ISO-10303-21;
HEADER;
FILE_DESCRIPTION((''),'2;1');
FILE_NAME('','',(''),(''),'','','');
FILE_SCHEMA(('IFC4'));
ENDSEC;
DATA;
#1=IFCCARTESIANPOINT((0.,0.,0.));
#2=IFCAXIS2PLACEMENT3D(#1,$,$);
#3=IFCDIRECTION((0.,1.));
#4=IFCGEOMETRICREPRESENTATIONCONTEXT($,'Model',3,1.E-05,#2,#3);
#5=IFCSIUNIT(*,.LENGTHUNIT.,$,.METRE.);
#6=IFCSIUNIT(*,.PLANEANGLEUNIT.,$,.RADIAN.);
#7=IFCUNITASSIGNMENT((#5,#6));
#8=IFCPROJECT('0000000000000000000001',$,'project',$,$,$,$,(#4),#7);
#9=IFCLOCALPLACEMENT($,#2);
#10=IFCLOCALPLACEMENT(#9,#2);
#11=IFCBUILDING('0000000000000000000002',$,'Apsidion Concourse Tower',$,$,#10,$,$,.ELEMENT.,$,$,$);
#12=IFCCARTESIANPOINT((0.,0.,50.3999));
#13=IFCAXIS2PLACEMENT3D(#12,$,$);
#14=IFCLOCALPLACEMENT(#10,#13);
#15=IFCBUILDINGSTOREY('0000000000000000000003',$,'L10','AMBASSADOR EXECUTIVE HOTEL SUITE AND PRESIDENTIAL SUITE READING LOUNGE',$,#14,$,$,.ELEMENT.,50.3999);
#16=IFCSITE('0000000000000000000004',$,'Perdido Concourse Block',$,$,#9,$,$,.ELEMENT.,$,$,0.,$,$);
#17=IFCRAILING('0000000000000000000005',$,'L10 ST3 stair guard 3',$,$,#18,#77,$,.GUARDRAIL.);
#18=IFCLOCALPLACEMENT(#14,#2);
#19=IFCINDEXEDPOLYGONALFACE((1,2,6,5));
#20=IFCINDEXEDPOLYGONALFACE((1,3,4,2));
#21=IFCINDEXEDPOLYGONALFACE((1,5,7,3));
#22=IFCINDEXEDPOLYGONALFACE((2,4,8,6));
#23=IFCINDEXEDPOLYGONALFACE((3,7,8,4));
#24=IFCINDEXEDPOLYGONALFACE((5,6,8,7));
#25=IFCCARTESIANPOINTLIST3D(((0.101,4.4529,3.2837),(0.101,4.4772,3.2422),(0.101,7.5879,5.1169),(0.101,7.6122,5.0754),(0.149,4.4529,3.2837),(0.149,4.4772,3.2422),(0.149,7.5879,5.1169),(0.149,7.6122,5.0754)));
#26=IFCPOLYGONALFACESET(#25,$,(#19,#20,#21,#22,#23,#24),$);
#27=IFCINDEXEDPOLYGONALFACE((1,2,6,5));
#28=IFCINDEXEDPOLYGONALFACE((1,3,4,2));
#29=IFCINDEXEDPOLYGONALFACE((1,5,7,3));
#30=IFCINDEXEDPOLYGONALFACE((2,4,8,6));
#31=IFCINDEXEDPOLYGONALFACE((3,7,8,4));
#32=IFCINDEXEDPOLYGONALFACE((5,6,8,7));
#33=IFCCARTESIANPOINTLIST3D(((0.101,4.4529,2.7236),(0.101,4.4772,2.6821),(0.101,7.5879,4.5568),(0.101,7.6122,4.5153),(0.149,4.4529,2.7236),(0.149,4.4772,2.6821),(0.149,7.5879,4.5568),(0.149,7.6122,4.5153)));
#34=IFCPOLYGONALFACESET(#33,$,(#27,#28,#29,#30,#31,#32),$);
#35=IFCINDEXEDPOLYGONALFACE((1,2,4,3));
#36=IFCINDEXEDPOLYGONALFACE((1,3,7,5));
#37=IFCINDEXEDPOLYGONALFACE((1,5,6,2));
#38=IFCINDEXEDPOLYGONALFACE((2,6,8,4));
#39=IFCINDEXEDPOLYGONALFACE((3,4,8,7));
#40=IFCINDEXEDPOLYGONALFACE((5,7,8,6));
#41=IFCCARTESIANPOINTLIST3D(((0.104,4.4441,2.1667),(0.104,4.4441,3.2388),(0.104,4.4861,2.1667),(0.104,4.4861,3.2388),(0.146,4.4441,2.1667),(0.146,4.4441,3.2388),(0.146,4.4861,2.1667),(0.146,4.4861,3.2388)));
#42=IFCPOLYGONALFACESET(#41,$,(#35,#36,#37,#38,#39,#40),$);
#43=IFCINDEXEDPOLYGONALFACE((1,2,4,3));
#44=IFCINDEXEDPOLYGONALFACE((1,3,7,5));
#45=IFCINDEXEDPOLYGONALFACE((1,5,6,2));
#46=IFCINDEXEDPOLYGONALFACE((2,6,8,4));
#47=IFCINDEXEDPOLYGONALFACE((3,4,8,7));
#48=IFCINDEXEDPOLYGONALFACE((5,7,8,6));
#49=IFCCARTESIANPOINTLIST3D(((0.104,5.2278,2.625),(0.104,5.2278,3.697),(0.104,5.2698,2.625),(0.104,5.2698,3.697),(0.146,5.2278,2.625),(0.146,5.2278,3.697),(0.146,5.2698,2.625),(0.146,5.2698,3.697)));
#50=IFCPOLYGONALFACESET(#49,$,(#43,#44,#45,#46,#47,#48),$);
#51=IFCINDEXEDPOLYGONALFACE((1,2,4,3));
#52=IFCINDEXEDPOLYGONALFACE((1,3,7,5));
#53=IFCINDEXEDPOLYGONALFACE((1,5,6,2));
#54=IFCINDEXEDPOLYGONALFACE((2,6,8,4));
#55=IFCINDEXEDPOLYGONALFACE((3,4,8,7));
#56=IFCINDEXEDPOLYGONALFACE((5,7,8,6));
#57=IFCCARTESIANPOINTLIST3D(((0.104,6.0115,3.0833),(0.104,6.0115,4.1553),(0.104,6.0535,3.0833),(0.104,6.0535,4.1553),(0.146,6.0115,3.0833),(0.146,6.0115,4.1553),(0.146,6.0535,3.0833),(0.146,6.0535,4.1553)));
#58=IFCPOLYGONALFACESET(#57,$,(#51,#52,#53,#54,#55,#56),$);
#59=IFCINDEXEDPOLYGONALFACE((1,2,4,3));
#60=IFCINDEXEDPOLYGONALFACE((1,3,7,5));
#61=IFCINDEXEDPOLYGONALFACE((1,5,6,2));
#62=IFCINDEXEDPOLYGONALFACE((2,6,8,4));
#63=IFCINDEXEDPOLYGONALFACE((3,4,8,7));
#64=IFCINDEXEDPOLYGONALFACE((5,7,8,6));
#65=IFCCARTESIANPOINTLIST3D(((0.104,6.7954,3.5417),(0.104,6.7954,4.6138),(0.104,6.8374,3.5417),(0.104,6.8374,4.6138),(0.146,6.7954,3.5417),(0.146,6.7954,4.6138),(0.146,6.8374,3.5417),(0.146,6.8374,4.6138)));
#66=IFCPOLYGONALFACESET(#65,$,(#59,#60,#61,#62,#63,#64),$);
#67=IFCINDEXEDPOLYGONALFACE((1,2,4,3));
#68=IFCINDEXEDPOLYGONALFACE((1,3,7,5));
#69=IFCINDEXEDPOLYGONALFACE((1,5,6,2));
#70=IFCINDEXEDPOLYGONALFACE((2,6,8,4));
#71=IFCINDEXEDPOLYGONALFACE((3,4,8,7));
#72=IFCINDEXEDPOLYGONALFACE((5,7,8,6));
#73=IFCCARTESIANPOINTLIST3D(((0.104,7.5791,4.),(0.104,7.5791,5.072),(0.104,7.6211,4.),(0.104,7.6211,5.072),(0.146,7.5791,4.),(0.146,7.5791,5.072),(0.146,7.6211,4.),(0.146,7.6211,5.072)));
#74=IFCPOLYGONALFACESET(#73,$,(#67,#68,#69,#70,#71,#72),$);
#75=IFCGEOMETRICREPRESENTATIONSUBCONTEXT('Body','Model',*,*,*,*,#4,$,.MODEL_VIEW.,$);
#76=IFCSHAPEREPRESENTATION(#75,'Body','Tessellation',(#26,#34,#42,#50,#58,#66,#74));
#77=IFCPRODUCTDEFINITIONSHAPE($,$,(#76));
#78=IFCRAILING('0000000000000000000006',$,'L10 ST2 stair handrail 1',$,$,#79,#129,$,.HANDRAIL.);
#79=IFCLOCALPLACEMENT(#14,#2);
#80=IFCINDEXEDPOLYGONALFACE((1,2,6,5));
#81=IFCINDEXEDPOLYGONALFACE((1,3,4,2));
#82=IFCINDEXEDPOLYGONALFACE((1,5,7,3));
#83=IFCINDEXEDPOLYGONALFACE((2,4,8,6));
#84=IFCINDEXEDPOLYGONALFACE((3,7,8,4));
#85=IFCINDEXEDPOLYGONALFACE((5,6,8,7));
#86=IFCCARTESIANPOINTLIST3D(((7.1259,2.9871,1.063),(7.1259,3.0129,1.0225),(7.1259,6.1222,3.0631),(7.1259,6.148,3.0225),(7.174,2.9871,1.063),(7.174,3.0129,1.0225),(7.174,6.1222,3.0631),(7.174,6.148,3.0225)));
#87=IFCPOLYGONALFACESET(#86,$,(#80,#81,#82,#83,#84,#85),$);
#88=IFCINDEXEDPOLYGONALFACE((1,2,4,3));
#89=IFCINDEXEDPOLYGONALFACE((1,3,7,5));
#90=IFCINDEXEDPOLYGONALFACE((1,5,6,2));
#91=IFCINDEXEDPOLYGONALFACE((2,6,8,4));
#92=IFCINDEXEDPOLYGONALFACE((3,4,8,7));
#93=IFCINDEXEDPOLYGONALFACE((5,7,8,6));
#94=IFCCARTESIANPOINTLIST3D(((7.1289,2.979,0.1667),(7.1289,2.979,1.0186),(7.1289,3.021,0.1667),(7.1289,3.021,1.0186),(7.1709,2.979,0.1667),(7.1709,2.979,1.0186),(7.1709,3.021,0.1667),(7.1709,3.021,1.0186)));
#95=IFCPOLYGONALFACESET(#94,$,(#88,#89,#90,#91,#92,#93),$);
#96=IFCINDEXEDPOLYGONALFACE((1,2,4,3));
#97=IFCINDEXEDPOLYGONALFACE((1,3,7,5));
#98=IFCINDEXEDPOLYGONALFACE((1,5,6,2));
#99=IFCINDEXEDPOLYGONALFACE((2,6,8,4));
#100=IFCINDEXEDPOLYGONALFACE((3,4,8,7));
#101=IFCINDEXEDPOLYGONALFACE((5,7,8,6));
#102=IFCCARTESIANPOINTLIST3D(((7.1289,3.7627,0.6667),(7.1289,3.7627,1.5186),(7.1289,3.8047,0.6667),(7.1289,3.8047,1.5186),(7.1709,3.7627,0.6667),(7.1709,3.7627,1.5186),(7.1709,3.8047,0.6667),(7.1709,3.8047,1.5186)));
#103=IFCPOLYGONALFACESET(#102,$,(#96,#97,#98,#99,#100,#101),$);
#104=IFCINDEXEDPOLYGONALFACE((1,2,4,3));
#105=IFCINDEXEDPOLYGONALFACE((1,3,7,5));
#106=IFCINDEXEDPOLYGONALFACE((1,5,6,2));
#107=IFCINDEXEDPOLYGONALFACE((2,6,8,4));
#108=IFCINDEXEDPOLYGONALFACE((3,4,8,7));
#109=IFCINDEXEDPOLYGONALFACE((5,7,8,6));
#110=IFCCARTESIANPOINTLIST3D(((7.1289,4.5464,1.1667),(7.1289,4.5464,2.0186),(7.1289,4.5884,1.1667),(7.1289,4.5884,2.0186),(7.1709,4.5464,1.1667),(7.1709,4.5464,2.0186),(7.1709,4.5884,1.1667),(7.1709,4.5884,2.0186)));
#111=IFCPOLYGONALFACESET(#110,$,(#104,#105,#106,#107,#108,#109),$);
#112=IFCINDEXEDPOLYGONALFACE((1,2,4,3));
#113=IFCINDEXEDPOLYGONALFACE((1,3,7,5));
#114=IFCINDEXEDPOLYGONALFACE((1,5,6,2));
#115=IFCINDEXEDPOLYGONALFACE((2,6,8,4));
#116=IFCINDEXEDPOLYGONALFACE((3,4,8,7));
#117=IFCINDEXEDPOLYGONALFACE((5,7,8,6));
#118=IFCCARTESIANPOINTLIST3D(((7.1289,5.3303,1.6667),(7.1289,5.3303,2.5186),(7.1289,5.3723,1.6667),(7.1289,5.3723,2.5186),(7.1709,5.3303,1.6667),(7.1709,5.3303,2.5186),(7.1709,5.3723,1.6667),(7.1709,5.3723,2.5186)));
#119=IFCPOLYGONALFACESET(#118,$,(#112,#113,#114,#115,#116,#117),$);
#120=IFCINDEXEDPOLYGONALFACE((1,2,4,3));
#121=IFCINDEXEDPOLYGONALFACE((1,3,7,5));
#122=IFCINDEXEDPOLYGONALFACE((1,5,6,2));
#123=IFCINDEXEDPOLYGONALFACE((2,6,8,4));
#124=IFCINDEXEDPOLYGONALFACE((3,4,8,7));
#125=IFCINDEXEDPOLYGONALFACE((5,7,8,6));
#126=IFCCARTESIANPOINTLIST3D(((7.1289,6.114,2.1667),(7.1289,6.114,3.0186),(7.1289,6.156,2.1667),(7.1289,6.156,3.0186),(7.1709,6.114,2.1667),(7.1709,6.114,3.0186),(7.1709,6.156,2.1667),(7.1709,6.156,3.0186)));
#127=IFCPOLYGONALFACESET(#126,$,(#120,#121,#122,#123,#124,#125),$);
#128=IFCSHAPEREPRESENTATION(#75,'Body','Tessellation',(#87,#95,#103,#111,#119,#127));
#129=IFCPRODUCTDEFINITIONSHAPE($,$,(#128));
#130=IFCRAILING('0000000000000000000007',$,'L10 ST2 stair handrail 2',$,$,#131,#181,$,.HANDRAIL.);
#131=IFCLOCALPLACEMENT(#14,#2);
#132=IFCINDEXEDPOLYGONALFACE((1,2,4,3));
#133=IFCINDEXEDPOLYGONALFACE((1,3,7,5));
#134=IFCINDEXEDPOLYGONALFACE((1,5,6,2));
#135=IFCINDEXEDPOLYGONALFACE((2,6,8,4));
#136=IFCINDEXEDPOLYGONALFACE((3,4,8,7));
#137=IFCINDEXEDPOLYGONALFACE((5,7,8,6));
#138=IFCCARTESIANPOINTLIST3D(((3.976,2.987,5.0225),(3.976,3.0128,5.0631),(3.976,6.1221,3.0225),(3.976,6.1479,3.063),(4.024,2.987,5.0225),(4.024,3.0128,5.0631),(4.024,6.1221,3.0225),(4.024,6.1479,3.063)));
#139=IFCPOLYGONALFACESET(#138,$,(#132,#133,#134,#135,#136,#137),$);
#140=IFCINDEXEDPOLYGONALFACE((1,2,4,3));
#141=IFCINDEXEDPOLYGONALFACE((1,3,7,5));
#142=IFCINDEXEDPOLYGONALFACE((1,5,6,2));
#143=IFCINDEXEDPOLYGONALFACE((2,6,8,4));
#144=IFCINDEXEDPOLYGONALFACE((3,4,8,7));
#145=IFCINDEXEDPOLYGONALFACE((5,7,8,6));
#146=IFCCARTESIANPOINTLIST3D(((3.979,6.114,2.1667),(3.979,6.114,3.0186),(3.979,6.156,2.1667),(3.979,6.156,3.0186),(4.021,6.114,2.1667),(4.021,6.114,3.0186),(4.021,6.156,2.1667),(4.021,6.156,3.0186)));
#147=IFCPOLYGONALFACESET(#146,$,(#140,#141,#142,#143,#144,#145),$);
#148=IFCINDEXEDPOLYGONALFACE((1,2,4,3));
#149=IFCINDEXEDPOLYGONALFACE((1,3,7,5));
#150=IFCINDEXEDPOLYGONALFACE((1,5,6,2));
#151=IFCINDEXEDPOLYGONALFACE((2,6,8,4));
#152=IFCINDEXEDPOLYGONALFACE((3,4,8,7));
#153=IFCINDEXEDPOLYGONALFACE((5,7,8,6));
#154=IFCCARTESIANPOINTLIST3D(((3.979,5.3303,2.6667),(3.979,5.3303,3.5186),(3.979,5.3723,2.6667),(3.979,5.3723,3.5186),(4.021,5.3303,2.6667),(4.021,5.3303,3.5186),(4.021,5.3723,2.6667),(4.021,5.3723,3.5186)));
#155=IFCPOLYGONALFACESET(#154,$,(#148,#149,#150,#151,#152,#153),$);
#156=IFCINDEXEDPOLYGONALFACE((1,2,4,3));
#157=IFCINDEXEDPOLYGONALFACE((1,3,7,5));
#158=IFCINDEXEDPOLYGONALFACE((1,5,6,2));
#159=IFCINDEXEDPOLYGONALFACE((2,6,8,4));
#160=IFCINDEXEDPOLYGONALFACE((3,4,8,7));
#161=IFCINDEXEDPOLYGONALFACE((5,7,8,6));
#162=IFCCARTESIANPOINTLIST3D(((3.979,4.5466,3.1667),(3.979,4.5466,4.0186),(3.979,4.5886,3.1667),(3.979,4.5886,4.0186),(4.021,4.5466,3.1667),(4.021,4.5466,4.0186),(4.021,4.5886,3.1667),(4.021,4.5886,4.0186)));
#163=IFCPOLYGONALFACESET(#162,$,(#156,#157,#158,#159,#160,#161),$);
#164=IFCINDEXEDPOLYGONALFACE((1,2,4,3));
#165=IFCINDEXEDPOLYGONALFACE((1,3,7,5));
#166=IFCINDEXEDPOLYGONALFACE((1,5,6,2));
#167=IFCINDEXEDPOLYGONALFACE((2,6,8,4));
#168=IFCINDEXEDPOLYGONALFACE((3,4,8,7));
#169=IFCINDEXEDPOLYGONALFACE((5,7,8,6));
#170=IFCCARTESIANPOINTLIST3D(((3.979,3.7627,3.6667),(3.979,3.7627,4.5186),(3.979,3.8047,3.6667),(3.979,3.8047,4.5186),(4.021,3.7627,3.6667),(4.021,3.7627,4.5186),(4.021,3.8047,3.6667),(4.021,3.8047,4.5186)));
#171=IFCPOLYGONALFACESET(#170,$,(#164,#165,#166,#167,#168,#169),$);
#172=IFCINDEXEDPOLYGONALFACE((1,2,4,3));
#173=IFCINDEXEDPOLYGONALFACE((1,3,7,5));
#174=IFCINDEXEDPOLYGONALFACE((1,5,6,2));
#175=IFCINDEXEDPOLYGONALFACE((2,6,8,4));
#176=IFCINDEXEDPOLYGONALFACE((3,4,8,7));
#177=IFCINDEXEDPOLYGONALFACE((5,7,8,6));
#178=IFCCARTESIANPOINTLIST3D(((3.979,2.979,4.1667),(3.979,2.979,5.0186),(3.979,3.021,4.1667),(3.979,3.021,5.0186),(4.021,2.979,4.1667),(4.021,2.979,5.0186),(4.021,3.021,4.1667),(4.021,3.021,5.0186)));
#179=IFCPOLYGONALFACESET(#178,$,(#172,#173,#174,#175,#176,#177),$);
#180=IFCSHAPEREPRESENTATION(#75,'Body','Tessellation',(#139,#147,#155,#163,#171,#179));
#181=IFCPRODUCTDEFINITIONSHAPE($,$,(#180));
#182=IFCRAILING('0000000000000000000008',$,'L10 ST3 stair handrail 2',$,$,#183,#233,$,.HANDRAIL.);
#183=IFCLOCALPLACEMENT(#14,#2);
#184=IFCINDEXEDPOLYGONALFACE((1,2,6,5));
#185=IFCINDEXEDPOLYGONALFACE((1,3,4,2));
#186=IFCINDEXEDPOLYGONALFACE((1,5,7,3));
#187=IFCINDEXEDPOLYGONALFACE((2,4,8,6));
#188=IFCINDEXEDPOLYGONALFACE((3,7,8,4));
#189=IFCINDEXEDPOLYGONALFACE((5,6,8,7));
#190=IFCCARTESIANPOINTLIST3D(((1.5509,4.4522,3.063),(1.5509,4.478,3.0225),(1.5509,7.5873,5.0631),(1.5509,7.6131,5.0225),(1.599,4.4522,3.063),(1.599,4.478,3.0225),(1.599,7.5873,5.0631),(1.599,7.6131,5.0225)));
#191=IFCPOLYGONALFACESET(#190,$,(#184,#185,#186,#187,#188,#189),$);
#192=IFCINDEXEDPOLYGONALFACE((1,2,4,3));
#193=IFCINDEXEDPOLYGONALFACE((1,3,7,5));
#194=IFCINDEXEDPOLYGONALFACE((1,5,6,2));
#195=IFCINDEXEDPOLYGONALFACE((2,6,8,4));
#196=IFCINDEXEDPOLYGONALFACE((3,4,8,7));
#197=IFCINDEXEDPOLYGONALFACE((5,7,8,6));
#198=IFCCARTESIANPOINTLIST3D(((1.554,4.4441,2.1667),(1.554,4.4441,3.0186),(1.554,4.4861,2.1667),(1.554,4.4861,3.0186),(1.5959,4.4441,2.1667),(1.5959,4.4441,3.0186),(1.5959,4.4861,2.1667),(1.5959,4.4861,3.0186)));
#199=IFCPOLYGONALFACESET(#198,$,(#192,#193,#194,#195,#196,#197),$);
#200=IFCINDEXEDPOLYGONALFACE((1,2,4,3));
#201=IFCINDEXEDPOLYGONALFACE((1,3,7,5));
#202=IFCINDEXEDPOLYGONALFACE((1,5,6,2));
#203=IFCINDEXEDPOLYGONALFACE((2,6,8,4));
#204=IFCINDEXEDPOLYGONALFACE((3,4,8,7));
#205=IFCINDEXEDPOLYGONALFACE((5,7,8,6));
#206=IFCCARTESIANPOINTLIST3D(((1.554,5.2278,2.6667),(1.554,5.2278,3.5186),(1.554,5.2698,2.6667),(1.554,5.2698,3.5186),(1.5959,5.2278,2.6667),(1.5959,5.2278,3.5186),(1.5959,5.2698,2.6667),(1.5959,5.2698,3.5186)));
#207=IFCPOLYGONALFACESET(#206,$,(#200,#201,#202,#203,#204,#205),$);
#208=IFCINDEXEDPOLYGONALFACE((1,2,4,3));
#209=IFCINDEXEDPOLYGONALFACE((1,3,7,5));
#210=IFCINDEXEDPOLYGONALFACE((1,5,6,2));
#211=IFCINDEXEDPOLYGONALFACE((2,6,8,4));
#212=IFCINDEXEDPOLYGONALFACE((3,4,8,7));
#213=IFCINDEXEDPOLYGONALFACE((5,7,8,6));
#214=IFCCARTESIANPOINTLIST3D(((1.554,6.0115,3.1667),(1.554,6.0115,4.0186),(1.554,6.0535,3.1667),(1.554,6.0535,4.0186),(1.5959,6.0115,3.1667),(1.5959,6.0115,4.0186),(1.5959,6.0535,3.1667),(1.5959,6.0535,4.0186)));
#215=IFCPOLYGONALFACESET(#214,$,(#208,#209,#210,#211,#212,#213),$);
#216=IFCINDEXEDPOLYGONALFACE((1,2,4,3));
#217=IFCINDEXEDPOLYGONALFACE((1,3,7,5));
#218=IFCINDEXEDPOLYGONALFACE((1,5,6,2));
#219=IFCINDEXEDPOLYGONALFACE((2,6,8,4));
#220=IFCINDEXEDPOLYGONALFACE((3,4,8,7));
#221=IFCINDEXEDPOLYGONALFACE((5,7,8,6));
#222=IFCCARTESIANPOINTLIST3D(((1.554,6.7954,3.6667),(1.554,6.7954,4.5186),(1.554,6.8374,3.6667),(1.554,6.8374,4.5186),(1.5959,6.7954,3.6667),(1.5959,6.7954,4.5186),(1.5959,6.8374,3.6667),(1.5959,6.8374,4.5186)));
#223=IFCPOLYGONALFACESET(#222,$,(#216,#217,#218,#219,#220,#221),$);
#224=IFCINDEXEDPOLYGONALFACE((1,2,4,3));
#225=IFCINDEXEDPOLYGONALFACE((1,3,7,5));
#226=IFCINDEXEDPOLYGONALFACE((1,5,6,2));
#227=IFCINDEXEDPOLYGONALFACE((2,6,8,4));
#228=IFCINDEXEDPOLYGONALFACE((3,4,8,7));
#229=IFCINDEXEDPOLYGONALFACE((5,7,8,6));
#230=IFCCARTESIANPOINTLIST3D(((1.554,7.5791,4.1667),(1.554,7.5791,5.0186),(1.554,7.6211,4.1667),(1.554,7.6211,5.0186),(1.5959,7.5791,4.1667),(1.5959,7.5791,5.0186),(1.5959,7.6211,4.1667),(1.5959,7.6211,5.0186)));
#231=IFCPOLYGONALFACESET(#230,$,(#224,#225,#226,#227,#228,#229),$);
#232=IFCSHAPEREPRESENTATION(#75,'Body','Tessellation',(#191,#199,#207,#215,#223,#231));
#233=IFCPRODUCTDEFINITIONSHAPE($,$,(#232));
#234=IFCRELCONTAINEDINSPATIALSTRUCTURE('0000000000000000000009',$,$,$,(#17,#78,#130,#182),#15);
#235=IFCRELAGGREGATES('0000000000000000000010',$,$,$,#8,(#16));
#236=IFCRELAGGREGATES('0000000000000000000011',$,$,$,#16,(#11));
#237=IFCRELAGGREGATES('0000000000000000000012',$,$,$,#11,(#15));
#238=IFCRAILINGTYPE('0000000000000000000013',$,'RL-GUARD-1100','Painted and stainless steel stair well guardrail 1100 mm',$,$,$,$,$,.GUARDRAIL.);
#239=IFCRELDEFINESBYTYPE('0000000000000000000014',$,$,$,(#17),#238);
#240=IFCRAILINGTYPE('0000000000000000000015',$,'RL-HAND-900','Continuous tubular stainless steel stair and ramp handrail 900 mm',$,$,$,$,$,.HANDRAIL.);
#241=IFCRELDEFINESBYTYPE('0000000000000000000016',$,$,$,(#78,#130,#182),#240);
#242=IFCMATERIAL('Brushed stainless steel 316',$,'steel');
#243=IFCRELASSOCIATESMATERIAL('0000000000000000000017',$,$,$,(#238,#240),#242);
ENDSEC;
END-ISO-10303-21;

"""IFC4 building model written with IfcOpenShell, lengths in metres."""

from ifc_helpers import new_model, si_unit, direction, frame, origin, origin_2d, place, context, subcontext, project, spatial, rectangle, extrude, material, type_object, element, save


model = new_model("IFC4")

# Units and contexts
model_context = context("Model", 3, precision=1e-05, world=origin(), true_north=direction((0.0, 1.0)))
body_context = subcontext(model_context, "Body", "Model", "MODEL_VIEW")
ifc_project = project(units=[si_unit("LENGTHUNIT", "METRE"), si_unit("PLANEANGLEUNIT", "RADIAN")], contexts=[model_context])

# Site, building, storey
site_placement = place(None, origin())
site = spatial("IfcSite", under=ifc_project, at=site_placement, Name="Perdido Concourse Block", CompositionType="ELEMENT", RefElevation=0.0)
building_placement = place(site_placement, origin())
building = spatial("IfcBuilding", under=site, at=building_placement, Name="Apsidion Concourse Tower", CompositionType="ELEMENT")
storey_placement = place(building_placement, frame((0.0, 0.0, 50.3999)))
storey = spatial("IfcBuildingStorey", under=building, at=storey_placement, Name="L10", Description="AMBASSADOR EXECUTIVE HOTEL SUITE AND PRESIDENTIAL SUITE READING LOUNGE", CompositionType="ELEMENT", Elevation=50.3999)

# Railings
ifc_material_1 = material(Name="Brushed stainless steel 316", Category="steel")
railing_type_1 = type_object("IfcRailingType", Name="RL-GUARD-1100", Description="Painted and stainless steel stair well guardrail 1100 mm", PredefinedType="GUARDRAIL", material=ifc_material_1)
railing_1_placement = place(storey_placement, frame((0.125, 4.4651, 2.1667)))
element("IfcRailing", 1, at=railing_1_placement, inside=storey, type_object=railing_type_1, Name="L10 ST3 stair guard 3", PredefinedType="GUARDRAIL", context=body_context, shape_type="SweptSolid", body=[
    extrude(rectangle(XDim=0.0481, YDim=0.0481, at=origin_2d()), frame((0.0, 0.0, 1.0962), z_axis=(0.0, 0.86324, 0.504794), x_axis=(-1.0, 0.0, 0.0)), (0.0, 0.0, 1.0), 3.6316),
    extrude(rectangle(XDim=0.0481, YDim=0.0481, at=origin_2d()), frame((0.0, 0.0, 0.5361), z_axis=(0.0, 0.86324, 0.504794), x_axis=(-1.0, 0.0, 0.0)), (0.0, 0.0, 1.0), 3.6316),
    extrude(rectangle(XDim=0.042, YDim=0.042, at=origin_2d()), origin(), (0.0, 0.0, 1.0), 1.072),
    extrude(rectangle(XDim=0.042, YDim=0.042, at=origin_2d()), frame((0.0, 0.7837, 0.4583)), (0.0, 0.0, 1.0), 1.072),
    extrude(rectangle(XDim=0.042, YDim=0.042, at=origin_2d()), frame((0.0, 1.5674, 0.9165)), (0.0, 0.0, 1.0), 1.072),
    extrude(rectangle(XDim=0.042, YDim=0.042, at=origin_2d()), frame((0.0, 2.3513, 1.375)), (0.0, 0.0, 1.0), 1.072),
    extrude(rectangle(XDim=0.042, YDim=0.042, at=origin_2d()), frame((0.0, 3.135, 1.8333)), (0.0, 0.0, 1.0), 1.072),
])
railing_type_2 = type_object("IfcRailingType", Name="RL-HAND-900", Description="Continuous tubular stainless steel stair and ramp handrail 900 mm", PredefinedType="HANDRAIL", material=ifc_material_1)
railing_2_placement = place(storey_placement, frame((7.1499, 3.0, 0.1667)))
element("IfcRailing", 2, at=railing_2_placement, inside=storey, type_object=railing_type_2, Name="L10 ST2 stair handrail 1", PredefinedType="HANDRAIL", context=body_context, shape_type="SweptSolid", body=[
    extrude(rectangle(XDim=0.0481, YDim=0.0481, at=origin_2d()), frame((0.0, 0.0, 0.876), z_axis=(0.0, 0.843053, 0.537831), x_axis=(-1.0, 0.0, 0.0)), (0.0, 0.0, 1.0), 3.7188),
    extrude(rectangle(XDim=0.042, YDim=0.042, at=origin_2d()), origin(), (0.0, 0.0, 1.0), 0.8518),
    extrude(rectangle(XDim=0.042, YDim=0.042, at=origin_2d()), frame((0.0, 0.7837, 0.5)), (0.0, 0.0, 1.0), 0.8518),
    extrude(rectangle(XDim=0.042, YDim=0.042, at=origin_2d()), frame((0.0, 1.5674, 1.0)), (0.0, 0.0, 1.0), 0.8518),
    extrude(rectangle(XDim=0.042, YDim=0.042, at=origin_2d()), frame((0.0, 2.3513, 1.5)), (0.0, 0.0, 1.0), 0.8518),
    extrude(rectangle(XDim=0.042, YDim=0.042, at=origin_2d()), frame((0.0, 3.135, 2.0)), (0.0, 0.0, 1.0), 0.8518),
])
railing_3_placement = place(storey_placement, frame((4.0, 6.135, 2.1667)))
element("IfcRailing", 3, at=railing_3_placement, inside=storey, type_object=railing_type_2, Name="L10 ST2 stair handrail 2", PredefinedType="HANDRAIL", context=body_context, shape_type="SweptSolid", body=[
    extrude(rectangle(XDim=0.0481, YDim=0.0481, at=origin_2d()), frame((0.0, 0.0, 0.876), z_axis=(0.0, -0.843053, 0.537831), x_axis=(1.0, 0.0, 0.0)), (0.0, 0.0, 1.0), 3.7188),
    extrude(rectangle(XDim=0.042, YDim=0.042, at=origin_2d()), origin(), (0.0, 0.0, 1.0), 0.8518),
    extrude(rectangle(XDim=0.042, YDim=0.042, at=origin_2d()), frame((0.0, -0.7837, 0.5)), (0.0, 0.0, 1.0), 0.8518),
    extrude(rectangle(XDim=0.042, YDim=0.042, at=origin_2d()), frame((0.0, -1.5674, 1.0)), (0.0, 0.0, 1.0), 0.8518),
    extrude(rectangle(XDim=0.042, YDim=0.042, at=origin_2d()), frame((0.0, -2.3513, 1.5)), (0.0, 0.0, 1.0), 0.8518),
    extrude(rectangle(XDim=0.042, YDim=0.042, at=origin_2d()), frame((0.0, -3.135, 2.0)), (0.0, 0.0, 1.0), 0.8518),
])
railing_4_placement = place(storey_placement, frame((1.575, 4.4651, 2.1667)))
element("IfcRailing", 4, at=railing_4_placement, inside=storey, type_object=railing_type_2, Name="L10 ST3 stair handrail 2", PredefinedType="HANDRAIL", context=body_context, shape_type="SweptSolid", body=[
    extrude(rectangle(XDim=0.0481, YDim=0.0481, at=origin_2d()), frame((0.0, 0.0, 0.876), z_axis=(0.0, 0.843053, 0.537831), x_axis=(-1.0, 0.0, 0.0)), (0.0, 0.0, 1.0), 3.7188),
    extrude(rectangle(XDim=0.042, YDim=0.042, at=origin_2d()), origin(), (0.0, 0.0, 1.0), 0.8518),
    extrude(rectangle(XDim=0.042, YDim=0.042, at=origin_2d()), frame((0.0, 0.7837, 0.5)), (0.0, 0.0, 1.0), 0.8518),
    extrude(rectangle(XDim=0.042, YDim=0.042, at=origin_2d()), frame((0.0, 1.5674, 1.0)), (0.0, 0.0, 1.0), 0.8518),
    extrude(rectangle(XDim=0.042, YDim=0.042, at=origin_2d()), frame((0.0, 2.3513, 1.5)), (0.0, 0.0, 1.0), 0.8518),
    extrude(rectangle(XDim=0.042, YDim=0.042, at=origin_2d()), frame((0.0, 3.135, 2.0)), (0.0, 0.0, 1.0), 0.8518),
])

save(model, "model.ifc")
